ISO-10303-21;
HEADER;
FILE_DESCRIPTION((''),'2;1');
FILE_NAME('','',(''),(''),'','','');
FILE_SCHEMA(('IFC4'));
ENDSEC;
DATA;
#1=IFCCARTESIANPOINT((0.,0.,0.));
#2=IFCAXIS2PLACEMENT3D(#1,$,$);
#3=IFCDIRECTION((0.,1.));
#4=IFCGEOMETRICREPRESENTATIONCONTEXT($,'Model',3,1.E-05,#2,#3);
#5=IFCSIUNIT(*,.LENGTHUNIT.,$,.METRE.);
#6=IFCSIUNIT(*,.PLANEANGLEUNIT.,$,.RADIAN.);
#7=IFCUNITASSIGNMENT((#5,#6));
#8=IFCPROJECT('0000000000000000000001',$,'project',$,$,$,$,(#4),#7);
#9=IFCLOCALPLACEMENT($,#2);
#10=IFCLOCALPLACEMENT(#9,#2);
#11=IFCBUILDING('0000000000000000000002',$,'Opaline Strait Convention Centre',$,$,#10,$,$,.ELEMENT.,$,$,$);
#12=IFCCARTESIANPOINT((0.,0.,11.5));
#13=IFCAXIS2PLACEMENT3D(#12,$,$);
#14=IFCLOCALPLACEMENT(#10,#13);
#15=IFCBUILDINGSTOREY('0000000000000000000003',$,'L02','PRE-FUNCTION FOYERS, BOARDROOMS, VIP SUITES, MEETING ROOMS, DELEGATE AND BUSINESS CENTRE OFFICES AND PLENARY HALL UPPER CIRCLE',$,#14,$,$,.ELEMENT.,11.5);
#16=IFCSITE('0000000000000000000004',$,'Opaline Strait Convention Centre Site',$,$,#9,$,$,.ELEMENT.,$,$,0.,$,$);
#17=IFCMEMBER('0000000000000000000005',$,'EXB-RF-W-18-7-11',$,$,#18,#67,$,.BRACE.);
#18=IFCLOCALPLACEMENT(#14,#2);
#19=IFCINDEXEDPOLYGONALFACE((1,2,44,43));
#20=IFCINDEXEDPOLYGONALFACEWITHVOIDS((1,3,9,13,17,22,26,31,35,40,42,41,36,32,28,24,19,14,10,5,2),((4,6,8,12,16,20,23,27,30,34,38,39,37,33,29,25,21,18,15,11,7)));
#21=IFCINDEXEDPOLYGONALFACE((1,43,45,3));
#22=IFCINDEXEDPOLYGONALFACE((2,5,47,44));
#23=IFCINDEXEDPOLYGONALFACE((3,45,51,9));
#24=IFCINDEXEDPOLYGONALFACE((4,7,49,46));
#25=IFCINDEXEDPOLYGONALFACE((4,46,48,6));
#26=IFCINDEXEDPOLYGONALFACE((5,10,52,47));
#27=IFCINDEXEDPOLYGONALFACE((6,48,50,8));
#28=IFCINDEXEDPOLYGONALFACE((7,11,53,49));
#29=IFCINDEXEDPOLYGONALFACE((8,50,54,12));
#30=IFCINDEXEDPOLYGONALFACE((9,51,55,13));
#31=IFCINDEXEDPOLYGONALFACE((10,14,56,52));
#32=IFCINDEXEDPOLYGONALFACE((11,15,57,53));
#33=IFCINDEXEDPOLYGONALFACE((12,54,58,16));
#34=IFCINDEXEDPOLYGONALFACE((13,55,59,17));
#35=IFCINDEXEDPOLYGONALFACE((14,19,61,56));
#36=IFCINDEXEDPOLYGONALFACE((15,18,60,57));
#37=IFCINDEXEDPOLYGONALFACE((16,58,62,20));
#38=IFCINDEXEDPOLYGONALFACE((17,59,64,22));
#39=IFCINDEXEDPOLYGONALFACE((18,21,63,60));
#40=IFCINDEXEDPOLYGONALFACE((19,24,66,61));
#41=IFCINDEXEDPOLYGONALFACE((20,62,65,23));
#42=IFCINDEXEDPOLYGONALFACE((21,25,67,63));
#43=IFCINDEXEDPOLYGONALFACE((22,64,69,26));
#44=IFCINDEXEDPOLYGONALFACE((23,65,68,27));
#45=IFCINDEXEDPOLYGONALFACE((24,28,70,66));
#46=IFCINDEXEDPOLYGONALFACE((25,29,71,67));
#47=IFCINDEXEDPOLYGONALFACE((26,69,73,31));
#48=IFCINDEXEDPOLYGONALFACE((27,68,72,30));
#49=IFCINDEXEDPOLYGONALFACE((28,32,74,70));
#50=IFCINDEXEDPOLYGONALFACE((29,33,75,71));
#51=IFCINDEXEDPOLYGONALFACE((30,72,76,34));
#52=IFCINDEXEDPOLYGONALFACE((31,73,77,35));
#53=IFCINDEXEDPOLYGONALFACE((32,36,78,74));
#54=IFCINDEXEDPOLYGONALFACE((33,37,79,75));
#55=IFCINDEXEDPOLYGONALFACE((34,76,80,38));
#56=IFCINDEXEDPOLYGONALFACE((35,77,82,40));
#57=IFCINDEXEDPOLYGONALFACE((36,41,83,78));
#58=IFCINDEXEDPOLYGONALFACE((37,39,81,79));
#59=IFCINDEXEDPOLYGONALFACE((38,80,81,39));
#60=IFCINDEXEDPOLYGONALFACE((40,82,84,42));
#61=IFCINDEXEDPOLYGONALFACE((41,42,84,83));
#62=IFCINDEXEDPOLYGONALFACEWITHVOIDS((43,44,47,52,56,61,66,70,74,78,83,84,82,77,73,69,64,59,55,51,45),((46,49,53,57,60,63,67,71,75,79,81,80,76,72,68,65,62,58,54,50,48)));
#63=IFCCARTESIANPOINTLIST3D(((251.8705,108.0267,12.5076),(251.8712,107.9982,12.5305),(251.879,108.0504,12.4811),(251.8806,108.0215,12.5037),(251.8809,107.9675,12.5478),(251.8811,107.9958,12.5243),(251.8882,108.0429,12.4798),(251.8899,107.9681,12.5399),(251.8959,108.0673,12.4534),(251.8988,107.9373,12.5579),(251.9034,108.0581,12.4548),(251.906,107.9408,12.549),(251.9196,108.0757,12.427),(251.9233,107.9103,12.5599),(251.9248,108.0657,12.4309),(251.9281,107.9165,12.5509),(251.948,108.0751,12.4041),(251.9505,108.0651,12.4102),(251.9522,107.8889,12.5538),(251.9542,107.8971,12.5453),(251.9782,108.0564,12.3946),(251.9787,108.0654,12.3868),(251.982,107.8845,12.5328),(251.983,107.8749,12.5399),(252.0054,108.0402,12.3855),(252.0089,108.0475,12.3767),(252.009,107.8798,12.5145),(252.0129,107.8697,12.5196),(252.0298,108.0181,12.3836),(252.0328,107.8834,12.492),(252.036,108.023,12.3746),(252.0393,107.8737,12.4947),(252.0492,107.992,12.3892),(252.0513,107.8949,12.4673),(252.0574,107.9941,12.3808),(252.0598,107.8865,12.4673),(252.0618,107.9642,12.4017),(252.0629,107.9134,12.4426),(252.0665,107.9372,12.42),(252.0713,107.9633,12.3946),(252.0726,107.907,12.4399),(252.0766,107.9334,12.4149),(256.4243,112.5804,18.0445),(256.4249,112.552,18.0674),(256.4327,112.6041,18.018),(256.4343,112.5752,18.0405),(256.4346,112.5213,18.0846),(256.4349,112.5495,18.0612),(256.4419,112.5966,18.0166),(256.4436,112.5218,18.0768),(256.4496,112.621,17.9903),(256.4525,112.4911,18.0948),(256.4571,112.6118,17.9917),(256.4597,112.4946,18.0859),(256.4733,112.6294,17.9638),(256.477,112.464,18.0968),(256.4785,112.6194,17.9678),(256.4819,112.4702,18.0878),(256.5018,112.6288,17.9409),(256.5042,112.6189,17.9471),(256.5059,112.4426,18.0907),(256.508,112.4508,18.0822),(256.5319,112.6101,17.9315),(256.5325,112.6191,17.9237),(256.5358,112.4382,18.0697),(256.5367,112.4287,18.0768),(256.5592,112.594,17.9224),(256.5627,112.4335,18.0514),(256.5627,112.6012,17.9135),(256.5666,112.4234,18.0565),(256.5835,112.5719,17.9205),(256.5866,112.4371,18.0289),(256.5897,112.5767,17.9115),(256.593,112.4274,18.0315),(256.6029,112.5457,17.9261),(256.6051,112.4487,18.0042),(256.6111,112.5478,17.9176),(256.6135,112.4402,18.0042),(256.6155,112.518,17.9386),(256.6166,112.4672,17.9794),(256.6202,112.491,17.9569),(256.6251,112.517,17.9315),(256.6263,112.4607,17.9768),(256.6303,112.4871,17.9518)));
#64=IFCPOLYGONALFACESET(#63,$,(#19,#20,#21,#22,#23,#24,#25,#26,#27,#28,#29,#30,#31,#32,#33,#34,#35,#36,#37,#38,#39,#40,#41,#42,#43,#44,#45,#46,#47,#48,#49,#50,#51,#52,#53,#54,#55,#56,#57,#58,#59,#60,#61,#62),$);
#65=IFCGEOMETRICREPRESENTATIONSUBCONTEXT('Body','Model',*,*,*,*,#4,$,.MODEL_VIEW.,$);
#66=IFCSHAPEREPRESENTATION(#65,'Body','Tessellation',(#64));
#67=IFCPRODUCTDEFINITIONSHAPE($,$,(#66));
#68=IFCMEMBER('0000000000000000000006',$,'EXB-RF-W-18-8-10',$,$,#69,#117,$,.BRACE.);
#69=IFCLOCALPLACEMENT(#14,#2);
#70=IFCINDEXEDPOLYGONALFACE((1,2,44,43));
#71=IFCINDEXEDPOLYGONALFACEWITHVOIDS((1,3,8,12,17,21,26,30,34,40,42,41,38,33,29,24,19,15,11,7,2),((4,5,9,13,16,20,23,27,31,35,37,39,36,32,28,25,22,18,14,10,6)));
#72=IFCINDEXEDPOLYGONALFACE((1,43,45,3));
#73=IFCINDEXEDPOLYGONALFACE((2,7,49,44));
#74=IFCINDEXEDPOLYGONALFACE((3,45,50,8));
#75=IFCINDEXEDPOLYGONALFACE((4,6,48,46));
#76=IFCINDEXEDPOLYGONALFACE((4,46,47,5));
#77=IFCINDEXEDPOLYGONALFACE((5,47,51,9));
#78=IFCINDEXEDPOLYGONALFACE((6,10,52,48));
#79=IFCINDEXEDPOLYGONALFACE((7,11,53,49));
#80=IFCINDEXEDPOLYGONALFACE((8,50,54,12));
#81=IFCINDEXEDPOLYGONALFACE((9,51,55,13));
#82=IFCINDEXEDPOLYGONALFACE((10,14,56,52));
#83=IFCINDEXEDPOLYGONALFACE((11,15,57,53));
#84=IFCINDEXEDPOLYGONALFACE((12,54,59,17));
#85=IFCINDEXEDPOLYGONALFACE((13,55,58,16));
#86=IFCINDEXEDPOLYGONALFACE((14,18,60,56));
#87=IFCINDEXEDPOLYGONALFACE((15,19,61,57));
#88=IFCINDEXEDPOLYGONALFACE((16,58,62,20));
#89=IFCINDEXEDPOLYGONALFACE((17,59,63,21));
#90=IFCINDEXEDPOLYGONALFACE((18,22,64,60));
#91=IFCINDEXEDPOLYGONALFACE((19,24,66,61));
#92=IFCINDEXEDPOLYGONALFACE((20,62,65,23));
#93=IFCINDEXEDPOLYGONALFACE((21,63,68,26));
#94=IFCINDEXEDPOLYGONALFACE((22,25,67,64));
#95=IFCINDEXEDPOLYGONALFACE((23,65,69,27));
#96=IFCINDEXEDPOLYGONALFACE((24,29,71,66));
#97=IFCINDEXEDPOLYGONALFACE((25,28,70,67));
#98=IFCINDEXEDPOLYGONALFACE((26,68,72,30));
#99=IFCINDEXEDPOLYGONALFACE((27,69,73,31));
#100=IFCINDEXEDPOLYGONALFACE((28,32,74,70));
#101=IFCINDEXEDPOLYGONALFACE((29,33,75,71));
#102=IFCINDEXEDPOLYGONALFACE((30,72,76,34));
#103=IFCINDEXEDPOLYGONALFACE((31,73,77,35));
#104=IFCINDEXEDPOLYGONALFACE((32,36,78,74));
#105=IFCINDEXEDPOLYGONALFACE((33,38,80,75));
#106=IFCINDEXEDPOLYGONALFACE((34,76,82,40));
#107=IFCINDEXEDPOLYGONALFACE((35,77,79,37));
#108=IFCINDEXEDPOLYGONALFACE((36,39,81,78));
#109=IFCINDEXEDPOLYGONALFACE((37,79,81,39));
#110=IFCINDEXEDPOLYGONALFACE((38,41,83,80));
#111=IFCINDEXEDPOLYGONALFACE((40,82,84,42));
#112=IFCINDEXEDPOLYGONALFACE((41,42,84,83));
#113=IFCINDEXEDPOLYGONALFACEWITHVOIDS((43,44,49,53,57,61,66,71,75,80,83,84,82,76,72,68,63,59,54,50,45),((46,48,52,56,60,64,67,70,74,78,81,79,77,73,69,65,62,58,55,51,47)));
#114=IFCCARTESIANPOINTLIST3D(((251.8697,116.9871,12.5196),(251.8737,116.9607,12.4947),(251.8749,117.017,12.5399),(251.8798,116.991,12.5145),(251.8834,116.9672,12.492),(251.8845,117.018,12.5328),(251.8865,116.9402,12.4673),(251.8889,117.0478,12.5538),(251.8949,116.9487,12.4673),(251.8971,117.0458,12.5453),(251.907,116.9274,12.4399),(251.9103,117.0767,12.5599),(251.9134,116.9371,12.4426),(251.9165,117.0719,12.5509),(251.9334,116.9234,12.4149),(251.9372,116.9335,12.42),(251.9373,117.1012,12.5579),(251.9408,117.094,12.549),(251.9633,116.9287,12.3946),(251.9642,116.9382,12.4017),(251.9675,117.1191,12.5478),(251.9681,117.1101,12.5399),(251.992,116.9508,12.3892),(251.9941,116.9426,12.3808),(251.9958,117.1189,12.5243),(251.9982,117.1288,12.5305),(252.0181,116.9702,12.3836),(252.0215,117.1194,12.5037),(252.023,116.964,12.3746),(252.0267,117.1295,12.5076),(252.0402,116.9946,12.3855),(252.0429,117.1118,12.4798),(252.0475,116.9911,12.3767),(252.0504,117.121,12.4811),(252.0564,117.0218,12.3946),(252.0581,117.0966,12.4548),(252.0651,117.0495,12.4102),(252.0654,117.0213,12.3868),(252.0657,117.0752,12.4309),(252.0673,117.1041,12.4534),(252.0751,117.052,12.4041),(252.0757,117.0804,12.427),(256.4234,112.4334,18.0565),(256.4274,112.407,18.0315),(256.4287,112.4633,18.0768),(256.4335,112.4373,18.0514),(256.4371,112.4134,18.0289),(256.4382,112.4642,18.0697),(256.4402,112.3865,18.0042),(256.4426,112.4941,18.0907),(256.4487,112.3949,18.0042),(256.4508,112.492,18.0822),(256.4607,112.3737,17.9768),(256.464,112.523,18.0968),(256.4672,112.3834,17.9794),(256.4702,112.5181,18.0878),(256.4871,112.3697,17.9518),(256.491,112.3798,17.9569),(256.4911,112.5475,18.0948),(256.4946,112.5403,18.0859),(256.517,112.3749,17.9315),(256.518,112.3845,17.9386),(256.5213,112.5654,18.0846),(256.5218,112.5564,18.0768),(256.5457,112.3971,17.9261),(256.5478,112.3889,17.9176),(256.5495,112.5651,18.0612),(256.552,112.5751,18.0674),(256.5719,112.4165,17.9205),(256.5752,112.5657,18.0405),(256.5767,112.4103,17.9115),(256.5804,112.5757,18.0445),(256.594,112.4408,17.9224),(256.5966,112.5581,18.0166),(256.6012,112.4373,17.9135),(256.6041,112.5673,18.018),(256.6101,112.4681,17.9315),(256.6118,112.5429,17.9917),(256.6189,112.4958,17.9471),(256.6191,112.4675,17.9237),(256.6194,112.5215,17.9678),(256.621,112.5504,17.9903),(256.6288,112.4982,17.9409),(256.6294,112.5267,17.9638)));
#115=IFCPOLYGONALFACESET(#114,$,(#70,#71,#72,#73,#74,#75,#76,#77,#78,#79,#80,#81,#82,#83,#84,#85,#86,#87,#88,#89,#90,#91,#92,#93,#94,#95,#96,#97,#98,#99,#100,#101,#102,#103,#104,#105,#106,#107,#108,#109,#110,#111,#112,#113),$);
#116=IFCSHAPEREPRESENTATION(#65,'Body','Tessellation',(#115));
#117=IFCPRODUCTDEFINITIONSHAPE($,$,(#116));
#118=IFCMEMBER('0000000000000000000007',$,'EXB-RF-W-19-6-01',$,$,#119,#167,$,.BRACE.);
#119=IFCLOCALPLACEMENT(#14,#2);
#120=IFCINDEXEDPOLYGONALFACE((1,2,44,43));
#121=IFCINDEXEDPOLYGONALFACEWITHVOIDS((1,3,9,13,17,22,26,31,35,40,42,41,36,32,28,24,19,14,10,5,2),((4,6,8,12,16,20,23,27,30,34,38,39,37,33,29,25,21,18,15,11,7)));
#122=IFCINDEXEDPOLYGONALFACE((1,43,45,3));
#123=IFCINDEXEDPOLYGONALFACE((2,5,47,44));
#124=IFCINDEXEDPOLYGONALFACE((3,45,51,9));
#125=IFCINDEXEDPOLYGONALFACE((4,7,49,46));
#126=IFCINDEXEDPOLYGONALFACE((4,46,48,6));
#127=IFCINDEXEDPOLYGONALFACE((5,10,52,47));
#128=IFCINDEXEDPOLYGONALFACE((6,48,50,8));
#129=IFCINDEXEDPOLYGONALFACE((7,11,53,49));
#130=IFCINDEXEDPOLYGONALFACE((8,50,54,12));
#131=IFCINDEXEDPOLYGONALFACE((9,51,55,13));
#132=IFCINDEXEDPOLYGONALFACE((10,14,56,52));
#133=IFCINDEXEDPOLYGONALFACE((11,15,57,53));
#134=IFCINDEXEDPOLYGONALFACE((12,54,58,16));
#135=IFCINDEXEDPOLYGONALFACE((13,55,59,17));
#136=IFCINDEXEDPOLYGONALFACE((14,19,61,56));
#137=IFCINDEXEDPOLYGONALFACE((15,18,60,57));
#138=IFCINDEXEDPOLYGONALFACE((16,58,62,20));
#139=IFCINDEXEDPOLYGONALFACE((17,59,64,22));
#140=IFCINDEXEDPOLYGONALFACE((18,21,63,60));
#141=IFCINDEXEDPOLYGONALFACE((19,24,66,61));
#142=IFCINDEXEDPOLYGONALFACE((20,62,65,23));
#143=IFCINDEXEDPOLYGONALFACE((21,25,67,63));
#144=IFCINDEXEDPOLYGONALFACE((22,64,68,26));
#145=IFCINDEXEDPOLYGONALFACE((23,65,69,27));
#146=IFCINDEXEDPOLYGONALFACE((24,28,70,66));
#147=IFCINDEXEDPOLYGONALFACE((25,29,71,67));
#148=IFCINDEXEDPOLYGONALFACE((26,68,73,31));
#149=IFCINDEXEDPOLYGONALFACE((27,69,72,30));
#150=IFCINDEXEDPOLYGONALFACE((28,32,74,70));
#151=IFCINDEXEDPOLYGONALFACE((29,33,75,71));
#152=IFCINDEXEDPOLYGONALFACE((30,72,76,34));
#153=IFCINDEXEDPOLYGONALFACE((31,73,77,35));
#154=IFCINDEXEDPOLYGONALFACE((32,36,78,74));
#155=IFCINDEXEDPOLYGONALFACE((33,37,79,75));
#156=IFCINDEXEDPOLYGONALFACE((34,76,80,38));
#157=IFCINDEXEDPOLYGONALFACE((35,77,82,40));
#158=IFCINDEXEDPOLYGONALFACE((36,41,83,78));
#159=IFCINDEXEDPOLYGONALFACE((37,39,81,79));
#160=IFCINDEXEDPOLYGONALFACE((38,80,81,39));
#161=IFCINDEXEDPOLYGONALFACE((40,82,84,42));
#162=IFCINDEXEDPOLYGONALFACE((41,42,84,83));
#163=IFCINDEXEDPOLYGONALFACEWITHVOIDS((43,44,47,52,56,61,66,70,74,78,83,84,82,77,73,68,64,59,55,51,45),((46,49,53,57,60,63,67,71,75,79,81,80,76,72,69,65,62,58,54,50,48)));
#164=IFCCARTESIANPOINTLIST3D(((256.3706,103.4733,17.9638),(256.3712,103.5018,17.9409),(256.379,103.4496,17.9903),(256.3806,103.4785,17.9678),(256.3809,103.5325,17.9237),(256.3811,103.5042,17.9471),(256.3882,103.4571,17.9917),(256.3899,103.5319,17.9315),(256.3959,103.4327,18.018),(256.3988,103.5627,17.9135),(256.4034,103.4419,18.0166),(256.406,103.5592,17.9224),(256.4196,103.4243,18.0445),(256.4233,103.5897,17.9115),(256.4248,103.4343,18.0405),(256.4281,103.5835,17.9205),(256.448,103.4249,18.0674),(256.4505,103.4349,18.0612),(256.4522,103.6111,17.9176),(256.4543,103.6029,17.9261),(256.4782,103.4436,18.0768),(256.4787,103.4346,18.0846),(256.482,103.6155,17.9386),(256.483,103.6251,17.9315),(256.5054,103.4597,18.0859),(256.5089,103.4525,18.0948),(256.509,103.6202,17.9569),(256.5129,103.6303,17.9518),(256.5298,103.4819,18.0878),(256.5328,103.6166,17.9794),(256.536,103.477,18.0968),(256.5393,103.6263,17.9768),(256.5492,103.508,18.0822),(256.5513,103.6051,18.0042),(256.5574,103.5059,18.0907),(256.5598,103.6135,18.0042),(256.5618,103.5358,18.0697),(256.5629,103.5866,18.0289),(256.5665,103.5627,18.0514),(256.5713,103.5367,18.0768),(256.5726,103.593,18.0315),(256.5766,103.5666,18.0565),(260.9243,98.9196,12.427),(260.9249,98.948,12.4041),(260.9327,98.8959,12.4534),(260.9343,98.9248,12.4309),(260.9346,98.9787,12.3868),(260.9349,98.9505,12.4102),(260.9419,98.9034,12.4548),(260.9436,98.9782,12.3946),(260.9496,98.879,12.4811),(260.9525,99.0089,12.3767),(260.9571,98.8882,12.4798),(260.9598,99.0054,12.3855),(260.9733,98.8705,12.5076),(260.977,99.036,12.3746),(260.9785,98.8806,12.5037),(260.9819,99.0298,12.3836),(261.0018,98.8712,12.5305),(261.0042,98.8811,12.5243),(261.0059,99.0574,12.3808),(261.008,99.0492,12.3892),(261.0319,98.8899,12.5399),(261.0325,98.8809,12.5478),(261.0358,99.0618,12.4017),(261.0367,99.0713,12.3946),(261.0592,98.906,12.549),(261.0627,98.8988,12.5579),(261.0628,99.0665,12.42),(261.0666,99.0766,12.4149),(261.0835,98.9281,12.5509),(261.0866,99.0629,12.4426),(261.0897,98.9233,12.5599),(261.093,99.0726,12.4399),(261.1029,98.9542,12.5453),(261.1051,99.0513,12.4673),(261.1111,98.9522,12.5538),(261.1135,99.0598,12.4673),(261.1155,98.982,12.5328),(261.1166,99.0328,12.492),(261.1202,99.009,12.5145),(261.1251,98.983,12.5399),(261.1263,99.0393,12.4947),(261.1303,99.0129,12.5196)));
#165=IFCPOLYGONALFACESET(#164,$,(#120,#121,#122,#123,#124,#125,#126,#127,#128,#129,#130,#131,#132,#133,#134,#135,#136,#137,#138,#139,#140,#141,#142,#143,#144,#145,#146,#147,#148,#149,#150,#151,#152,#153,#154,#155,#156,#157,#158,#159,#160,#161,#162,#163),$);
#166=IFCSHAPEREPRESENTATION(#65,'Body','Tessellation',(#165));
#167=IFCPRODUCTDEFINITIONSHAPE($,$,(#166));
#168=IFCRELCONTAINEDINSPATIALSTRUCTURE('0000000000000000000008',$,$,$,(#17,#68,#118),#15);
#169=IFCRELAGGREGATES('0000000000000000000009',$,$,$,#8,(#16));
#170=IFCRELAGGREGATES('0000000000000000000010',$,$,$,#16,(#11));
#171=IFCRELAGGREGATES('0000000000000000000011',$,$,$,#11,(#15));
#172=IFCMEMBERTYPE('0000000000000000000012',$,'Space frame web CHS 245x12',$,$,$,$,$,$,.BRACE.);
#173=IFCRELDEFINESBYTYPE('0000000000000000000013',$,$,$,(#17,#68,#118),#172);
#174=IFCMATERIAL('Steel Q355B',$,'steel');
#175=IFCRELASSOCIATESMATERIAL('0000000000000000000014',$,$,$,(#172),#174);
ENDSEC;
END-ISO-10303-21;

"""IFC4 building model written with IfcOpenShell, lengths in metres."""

from ifc_helpers import new_model, si_unit, direction, frame, origin, origin_2d, place, context, subcontext, project, spatial, hollow_circle, extrude, material, material_profile, profile_set, type_object, element, save


model = new_model("IFC4")

# Units and contexts
model_context = context("Model", 3, precision=1e-05, world=origin(), true_north=direction((0.0, 1.0)))
body_context = subcontext(model_context, "Body", "Model", "MODEL_VIEW")
ifc_project = project(units=[si_unit("LENGTHUNIT", "METRE"), si_unit("PLANEANGLEUNIT", "RADIAN")], contexts=[model_context])

# Site, building, storey
site_placement = place(None, origin())
site = spatial("IfcSite", under=ifc_project, at=site_placement, Name="Opaline Strait Convention Centre Site", CompositionType="ELEMENT", RefElevation=0.0)
building_placement = place(site_placement, origin())
building = spatial("IfcBuilding", under=site, at=building_placement, Name="Opaline Strait Convention Centre", CompositionType="ELEMENT")
storey_placement = place(building_placement, frame((0.0, 0.0, 11.5)))
storey = spatial("IfcBuildingStorey", under=building, at=storey_placement, Name="L02", Description="PRE-FUNCTION FOYERS, BOARDROOMS, VIP SUITES, MEETING ROOMS, DELEGATE AND BUSINESS CENTRE OFFICES AND PLENARY HALL UPPER CIRCLE", CompositionType="ELEMENT", Elevation=11.5)

# Members
ifc_material = material(Name="Steel Q355B", Category="steel")
ifc_material_profile_1 = material_profile(ifc_material, hollow_circle(Radius=0.1226, WallThickness=0.012, at=origin_2d()), Name="CHS 245x12")
ifc_profile_set_1 = profile_set([ifc_material_profile_1], Name="Steel Q355B")
member_type_1 = type_object("IfcMemberType", Name="Space frame web CHS 245x12", PredefinedType="BRACE", material=ifc_profile_set_1)
for number, where, z_axis, x_axis, name in (
    (1, (256.5269, 112.5269, 18.0042), (-0.536178, -0.536178, -0.65194), (0.707107, -0.707107, 0.0), "EXB-RF-W-18-7-11"),
    (2, (256.5269, 112.4731, 18.0042), (-0.536178, 0.536178, -0.65194), (-0.707107, -0.707107, 0.0), "EXB-RF-W-18-8-10"),
    (3, (256.4731, 103.5269, 18.0042), (0.536178, -0.536178, -0.65194), (0.707107, 0.707107, 0.0), "EXB-RF-W-19-6-01"),
):
    element("IfcMember", number, at=place(storey_placement, frame(where, z_axis=z_axis, x_axis=x_axis)), inside=storey, type_object=member_type_1, Name=name, PredefinedType="BRACE", context=body_context, shape_type="SweptSolid", body=[
        extrude(hollow_circle(Radius=0.1226, WallThickness=0.012, at=origin_2d()), origin(), (0.0, 0.0, 1.0), 8.4929),
    ])

save(model, "model.ifc")
